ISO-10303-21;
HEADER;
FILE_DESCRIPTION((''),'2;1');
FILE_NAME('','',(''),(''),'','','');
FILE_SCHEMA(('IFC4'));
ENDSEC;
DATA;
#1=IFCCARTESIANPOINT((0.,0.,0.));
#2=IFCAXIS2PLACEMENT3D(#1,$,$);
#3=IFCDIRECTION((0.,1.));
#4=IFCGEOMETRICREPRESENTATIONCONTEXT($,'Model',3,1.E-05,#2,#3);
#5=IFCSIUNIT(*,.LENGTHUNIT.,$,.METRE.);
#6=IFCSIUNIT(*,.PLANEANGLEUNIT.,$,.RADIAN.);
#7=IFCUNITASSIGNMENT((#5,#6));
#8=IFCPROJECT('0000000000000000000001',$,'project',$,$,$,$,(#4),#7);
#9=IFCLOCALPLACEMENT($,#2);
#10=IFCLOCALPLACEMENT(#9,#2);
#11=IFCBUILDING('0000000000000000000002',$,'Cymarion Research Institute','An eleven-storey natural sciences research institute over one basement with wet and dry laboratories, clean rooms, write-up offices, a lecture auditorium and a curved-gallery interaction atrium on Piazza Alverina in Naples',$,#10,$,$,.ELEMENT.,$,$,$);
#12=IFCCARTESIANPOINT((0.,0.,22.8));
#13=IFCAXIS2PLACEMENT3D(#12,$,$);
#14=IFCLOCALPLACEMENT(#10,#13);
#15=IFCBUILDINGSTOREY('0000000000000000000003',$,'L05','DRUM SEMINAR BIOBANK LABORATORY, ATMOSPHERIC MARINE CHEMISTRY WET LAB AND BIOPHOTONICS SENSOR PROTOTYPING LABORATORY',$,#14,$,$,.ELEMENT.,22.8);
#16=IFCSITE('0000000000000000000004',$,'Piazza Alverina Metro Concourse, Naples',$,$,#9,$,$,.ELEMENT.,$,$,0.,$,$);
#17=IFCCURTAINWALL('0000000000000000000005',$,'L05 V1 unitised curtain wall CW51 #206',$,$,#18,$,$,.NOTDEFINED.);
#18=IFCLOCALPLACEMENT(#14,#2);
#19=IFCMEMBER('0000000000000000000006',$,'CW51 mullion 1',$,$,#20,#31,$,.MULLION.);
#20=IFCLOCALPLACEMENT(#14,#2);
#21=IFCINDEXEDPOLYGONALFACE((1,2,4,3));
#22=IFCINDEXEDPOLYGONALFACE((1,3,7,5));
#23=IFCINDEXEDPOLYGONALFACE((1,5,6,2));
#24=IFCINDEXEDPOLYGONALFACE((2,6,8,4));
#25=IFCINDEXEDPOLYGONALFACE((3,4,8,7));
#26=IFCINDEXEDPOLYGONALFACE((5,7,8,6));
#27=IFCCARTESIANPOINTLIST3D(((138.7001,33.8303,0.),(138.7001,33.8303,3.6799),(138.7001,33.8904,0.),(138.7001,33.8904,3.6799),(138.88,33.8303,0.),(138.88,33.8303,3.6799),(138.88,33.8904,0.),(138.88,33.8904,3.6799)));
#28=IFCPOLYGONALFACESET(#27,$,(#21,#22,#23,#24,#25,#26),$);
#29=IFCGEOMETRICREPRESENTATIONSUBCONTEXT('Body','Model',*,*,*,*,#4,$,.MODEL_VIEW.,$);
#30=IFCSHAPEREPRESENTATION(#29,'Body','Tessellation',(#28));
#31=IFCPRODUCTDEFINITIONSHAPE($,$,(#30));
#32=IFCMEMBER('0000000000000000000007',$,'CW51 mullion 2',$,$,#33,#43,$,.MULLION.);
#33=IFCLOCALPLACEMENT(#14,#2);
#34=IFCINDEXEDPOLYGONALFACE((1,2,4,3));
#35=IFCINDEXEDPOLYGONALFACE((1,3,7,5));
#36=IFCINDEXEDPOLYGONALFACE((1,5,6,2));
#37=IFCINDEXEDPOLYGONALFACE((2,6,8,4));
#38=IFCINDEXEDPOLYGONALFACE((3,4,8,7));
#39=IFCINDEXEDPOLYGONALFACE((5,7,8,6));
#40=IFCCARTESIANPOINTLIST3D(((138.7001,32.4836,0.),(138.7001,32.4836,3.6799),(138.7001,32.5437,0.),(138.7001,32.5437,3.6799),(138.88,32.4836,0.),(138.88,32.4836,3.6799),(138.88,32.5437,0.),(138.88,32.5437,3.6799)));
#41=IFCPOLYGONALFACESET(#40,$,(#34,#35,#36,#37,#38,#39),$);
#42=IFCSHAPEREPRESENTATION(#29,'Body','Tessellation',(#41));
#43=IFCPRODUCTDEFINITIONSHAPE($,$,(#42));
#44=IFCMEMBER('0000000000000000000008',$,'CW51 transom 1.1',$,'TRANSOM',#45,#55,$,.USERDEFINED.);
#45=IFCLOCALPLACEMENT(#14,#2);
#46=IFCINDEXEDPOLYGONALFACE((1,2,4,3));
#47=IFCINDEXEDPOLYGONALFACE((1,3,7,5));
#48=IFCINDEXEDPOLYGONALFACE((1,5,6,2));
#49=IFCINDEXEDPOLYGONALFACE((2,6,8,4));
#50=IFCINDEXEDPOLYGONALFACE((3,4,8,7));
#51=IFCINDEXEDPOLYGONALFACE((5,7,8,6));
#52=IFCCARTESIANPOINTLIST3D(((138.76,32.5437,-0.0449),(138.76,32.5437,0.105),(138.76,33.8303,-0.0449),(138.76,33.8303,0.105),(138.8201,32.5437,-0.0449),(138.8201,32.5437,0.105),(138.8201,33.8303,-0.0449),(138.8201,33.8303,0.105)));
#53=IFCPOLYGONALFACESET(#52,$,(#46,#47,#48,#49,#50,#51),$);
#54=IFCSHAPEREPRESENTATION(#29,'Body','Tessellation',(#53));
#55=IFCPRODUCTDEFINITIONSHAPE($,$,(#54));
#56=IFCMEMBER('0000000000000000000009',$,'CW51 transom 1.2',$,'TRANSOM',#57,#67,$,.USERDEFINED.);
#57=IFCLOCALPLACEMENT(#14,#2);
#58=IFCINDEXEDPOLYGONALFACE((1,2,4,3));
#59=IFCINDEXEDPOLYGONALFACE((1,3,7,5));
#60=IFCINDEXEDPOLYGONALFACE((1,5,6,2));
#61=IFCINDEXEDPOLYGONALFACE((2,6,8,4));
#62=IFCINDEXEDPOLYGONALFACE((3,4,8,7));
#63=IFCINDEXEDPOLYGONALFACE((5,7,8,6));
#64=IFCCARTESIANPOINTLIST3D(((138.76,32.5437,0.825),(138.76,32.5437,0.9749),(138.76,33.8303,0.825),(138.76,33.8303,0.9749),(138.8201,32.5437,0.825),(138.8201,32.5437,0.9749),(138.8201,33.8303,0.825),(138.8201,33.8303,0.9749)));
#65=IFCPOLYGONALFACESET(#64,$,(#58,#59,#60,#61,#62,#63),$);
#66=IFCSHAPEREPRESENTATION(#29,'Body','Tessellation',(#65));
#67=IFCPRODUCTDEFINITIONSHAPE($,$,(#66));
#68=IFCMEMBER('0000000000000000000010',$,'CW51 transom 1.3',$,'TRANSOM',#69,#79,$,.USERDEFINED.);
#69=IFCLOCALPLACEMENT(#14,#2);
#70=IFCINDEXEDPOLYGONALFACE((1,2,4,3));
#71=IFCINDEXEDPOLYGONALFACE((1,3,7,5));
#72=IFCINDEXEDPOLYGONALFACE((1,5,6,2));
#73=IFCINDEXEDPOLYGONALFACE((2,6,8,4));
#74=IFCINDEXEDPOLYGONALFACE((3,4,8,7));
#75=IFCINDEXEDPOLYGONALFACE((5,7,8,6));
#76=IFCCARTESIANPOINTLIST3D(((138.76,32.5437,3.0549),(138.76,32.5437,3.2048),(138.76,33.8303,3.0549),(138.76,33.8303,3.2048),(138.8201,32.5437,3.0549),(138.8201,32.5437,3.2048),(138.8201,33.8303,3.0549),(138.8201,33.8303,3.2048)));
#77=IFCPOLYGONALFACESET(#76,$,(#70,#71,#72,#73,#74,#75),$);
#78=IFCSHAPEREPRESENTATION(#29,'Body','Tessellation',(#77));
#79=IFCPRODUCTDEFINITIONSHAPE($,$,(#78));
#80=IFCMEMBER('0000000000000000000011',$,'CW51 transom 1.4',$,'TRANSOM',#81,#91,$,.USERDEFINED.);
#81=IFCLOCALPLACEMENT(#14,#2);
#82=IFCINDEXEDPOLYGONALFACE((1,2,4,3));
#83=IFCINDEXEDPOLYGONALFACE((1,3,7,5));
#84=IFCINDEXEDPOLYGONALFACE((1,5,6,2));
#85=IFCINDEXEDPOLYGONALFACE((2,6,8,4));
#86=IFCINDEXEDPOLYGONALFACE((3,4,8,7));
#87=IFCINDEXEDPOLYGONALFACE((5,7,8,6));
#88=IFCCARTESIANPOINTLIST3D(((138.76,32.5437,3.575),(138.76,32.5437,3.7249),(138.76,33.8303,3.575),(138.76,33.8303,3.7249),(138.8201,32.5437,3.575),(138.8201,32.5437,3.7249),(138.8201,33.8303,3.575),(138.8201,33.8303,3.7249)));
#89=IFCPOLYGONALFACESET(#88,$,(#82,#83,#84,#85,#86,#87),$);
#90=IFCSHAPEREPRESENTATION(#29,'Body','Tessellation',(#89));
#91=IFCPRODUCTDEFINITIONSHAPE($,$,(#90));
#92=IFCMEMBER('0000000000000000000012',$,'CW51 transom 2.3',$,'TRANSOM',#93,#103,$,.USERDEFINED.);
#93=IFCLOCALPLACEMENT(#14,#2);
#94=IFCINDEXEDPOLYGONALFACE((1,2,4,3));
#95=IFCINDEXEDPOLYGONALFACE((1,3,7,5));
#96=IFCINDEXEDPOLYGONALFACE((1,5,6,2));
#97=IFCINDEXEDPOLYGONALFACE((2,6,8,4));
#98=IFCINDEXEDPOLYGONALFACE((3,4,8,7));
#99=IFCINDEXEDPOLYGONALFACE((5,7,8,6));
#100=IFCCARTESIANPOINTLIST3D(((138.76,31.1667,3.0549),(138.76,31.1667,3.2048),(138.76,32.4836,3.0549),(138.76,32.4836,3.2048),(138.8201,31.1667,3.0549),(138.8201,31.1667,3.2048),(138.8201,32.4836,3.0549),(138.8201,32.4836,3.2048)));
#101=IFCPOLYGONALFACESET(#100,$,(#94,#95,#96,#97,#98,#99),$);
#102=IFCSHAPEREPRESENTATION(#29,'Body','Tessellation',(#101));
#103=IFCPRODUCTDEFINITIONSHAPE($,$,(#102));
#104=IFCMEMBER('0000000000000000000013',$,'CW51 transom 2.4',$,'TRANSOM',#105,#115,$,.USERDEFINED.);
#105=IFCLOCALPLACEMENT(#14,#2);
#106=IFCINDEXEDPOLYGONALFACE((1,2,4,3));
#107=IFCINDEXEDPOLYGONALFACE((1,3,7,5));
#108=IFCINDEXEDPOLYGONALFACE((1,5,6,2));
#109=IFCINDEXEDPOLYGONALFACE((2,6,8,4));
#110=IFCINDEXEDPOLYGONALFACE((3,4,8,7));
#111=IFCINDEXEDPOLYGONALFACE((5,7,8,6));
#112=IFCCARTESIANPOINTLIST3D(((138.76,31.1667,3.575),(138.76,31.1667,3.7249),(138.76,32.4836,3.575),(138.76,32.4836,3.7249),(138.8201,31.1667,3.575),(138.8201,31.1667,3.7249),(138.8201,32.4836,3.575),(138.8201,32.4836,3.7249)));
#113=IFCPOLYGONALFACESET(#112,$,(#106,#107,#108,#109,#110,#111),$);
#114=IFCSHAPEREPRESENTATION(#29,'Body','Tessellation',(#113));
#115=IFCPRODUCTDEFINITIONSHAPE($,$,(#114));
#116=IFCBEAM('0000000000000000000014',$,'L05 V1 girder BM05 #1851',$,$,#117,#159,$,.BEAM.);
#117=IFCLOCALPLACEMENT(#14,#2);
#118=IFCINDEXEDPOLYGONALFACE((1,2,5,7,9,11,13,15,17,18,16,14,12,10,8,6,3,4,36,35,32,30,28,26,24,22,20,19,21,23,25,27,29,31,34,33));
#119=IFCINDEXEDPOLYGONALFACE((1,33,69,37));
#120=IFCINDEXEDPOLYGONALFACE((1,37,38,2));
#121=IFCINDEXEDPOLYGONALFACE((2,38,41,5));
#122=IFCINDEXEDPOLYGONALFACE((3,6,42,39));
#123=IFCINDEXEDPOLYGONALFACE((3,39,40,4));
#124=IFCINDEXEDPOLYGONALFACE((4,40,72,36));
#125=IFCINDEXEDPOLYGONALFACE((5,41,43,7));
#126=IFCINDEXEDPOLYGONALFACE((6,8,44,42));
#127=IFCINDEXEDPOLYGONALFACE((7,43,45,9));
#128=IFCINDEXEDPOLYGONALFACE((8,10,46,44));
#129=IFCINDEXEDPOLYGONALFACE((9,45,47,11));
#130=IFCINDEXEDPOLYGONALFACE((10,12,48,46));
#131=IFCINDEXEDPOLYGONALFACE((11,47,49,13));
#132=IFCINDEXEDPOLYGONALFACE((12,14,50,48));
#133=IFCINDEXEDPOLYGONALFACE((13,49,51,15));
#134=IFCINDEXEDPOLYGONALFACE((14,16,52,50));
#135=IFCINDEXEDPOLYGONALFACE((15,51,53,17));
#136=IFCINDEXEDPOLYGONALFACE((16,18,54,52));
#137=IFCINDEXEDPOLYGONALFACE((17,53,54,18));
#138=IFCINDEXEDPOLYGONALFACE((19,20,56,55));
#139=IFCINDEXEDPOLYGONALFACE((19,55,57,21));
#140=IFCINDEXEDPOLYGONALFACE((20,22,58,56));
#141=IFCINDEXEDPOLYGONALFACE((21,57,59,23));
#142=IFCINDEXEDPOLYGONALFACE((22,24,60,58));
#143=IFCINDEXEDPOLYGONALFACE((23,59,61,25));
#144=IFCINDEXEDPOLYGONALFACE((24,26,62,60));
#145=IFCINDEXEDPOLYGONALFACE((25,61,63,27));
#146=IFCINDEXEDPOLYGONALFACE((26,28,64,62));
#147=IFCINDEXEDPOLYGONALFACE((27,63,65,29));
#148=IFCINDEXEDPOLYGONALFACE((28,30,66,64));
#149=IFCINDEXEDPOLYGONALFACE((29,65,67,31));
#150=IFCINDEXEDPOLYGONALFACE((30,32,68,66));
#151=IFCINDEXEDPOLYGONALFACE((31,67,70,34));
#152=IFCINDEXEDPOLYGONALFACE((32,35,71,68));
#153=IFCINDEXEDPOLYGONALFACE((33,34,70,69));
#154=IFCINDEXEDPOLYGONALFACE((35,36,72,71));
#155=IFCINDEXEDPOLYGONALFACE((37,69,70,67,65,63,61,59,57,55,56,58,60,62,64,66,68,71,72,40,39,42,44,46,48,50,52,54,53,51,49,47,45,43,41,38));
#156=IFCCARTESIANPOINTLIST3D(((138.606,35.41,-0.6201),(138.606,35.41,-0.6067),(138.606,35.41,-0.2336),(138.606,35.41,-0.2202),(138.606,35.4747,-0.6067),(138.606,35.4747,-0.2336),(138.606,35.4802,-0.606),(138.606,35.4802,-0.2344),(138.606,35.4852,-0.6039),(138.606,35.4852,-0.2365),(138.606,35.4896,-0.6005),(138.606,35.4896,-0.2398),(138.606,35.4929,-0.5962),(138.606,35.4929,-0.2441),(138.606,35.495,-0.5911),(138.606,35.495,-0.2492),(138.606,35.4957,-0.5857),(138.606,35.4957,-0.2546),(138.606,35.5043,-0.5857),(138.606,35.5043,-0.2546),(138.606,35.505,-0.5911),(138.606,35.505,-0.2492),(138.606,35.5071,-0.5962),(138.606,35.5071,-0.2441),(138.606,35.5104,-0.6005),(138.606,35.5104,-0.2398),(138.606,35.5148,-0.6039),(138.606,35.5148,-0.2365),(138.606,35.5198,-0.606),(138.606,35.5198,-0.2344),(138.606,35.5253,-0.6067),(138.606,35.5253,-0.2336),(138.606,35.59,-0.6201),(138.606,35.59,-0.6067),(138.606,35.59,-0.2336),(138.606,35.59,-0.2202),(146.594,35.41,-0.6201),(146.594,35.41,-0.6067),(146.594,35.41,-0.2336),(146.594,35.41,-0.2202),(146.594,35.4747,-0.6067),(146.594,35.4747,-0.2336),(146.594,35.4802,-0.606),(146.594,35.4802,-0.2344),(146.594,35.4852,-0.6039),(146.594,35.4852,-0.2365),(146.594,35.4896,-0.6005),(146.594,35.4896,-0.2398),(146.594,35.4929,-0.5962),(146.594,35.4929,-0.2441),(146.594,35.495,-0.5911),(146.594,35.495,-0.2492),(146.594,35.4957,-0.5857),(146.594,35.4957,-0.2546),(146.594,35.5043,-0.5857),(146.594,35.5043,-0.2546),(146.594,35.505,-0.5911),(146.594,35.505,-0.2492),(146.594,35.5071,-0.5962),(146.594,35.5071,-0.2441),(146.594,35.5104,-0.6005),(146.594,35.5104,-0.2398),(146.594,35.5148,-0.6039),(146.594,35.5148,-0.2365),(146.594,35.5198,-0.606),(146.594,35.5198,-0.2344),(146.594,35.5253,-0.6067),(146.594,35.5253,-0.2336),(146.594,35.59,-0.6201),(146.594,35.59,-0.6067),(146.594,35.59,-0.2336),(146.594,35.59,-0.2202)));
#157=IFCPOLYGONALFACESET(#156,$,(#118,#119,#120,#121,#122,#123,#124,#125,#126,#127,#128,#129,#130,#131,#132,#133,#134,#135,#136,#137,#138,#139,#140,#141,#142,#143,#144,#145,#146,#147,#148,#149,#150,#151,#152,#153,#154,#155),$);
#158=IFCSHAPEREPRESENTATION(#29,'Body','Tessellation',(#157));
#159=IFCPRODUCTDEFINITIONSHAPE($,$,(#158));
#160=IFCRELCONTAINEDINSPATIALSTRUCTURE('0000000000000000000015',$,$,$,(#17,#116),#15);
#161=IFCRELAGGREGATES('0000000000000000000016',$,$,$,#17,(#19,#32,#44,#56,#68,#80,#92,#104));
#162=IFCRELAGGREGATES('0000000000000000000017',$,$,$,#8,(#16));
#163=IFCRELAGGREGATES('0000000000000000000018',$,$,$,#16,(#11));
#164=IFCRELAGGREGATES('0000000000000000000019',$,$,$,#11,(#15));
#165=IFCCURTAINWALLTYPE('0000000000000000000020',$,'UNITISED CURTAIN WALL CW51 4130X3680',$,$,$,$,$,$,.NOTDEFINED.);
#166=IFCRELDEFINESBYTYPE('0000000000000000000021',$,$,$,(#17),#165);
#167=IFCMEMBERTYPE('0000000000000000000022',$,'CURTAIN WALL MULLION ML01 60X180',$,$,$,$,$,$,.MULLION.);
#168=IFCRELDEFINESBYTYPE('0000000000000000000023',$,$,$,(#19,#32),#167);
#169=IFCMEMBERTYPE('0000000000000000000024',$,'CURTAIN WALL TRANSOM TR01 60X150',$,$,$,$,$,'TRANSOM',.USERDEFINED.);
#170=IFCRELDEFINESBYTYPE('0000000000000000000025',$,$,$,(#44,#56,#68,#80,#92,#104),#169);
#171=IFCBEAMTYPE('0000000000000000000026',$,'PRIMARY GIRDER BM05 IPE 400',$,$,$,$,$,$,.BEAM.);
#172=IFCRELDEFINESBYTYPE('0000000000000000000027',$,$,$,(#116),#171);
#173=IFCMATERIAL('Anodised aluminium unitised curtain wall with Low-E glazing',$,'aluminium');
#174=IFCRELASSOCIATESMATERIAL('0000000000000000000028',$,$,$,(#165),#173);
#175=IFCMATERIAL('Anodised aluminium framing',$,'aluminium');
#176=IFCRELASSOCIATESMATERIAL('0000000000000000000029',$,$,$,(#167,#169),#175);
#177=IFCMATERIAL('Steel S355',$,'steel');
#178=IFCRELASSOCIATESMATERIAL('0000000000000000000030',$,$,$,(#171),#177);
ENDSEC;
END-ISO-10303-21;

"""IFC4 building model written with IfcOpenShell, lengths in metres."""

from ifc_helpers import new_model, si_unit, direction, frame, origin, origin_2d, place, context, subcontext, project, spatial, rectangle, i_section, extrude, material, material_profile, profile_set, type_object, element, aggregate, save


model = new_model("IFC4")

# Units and contexts
model_context = context("Model", 3, precision=1e-05, world=origin(), true_north=direction((0.0, 1.0)))
body_context = subcontext(model_context, "Body", "Model", "MODEL_VIEW")
ifc_project = project(units=[si_unit("LENGTHUNIT", "METRE"), si_unit("PLANEANGLEUNIT", "RADIAN")], contexts=[model_context])

# Site, building, storey
site_placement = place(None, origin())
site = spatial("IfcSite", under=ifc_project, at=site_placement, Name="Piazza Alverina Metro Concourse, Naples", CompositionType="ELEMENT", RefElevation=0.0)
building_placement = place(site_placement, origin())
building = spatial("IfcBuilding", under=site, at=building_placement, Name="Cymarion Research Institute", Description="An eleven-storey natural sciences research institute over one basement with wet and dry laboratories, clean rooms, write-up offices, a lecture auditorium and a curved-gallery interaction atrium on Piazza Alverina in Naples", CompositionType="ELEMENT")
storey_placement = place(building_placement, frame((0.0, 0.0, 22.8)))
storey = spatial("IfcBuildingStorey", under=building, at=storey_placement, Name="L05", Description="DRUM SEMINAR BIOBANK LABORATORY, ATMOSPHERIC MARINE CHEMISTRY WET LAB AND BIOPHOTONICS SENSOR PROTOTYPING LABORATORY", CompositionType="ELEMENT", Elevation=22.8)

# Curtain wall, members
ifc_material_1 = material(Name="Anodised aluminium unitised curtain wall with Low-E glazing", Category="aluminium")
curtain_wall_type = type_object("IfcCurtainWallType", Name="UNITISED CURTAIN WALL CW51 4130X3680", PredefinedType="NOTDEFINED", material=ifc_material_1)
curtain_wall_placement = place(storey_placement, origin())
curtain_wall = element("IfcCurtainWall", 1, at=curtain_wall_placement, inside=storey, type_object=curtain_wall_type, Name="L05 V1 unitised curtain wall CW51 #206", PredefinedType="NOTDEFINED")
ifc_material_2 = material(Name="Anodised aluminium framing", Category="aluminium")
ifc_material_profile_1 = material_profile(ifc_material_2, rectangle(XDim=0.0601, YDim=0.1799, at=origin_2d()), Name="ALU MULLION 60x180")
ifc_profile_set_1 = profile_set([ifc_material_profile_1], Name="Anodised aluminium framing")
member_type_1 = type_object("IfcMemberType", Name="CURTAIN WALL MULLION ML01 60X180", PredefinedType="MULLION", material=ifc_profile_set_1)
member_1_placement = place(storey_placement, frame((138.79, 33.8604, 0.0), z_axis=(0.0, 0.0, 1.0), x_axis=(0.0, -1.0, 0.0)))
member_1 = element("IfcMember", 2, at=member_1_placement, type_object=member_type_1, Name="CW51 mullion 1", PredefinedType="MULLION", context=body_context, shape_type="SweptSolid", body=[
    extrude(rectangle(XDim=0.0601, YDim=0.1799, at=origin_2d()), origin(), (0.0, 0.0, 1.0), 3.6799),
])
member_2_placement = place(storey_placement, frame((138.79, 32.5137, 0.0), z_axis=(0.0, 0.0, 1.0), x_axis=(0.0, -1.0, 0.0)))
member_2 = element("IfcMember", 3, at=member_2_placement, type_object=member_type_1, Name="CW51 mullion 2", PredefinedType="MULLION", context=body_context, shape_type="SweptSolid", body=[
    extrude(rectangle(XDim=0.0601, YDim=0.1799, at=origin_2d()), origin(), (0.0, 0.0, 1.0), 3.6799),
])
ifc_material_profile_2 = material_profile(ifc_material_2, rectangle(XDim=0.0601, YDim=0.1499, at=origin_2d()), Name="ALU TRANSOM 60x150")
ifc_profile_set_2 = profile_set([ifc_material_profile_2], Name="Anodised aluminium framing")
member_type_2 = type_object("IfcMemberType", Name="CURTAIN WALL TRANSOM TR01 60X150", ElementType="TRANSOM", PredefinedType="USERDEFINED", material=ifc_profile_set_2)
member_3_placement = place(storey_placement, frame((138.79, 33.8303, 0.03), z_axis=(0.0, -1.0, 0.0), x_axis=(1.0, 0.0, 0.0)))
member_3 = element("IfcMember", 4, at=member_3_placement, type_object=member_type_2, Name="CW51 transom 1.1", ObjectType="TRANSOM", PredefinedType="USERDEFINED", context=body_context, shape_type="SweptSolid", body=[
    extrude(rectangle(XDim=0.0601, YDim=0.1499, at=origin_2d()), origin(), (0.0, 0.0, 1.0), 1.2866),
])
member_4_placement = place(storey_placement, frame((138.79, 33.8303, 0.8999), z_axis=(0.0, -1.0, 0.0), x_axis=(1.0, 0.0, 0.0)))
member_4 = element("IfcMember", 5, at=member_4_placement, type_object=member_type_2, Name="CW51 transom 1.2", ObjectType="TRANSOM", PredefinedType="USERDEFINED", context=body_context, shape_type="SweptSolid", body=[
    extrude(rectangle(XDim=0.0601, YDim=0.1499, at=origin_2d()), origin(), (0.0, 0.0, 1.0), 1.2866),
])
member_5_placement = place(storey_placement, frame((138.79, 33.8303, 3.1299), z_axis=(0.0, -1.0, 0.0), x_axis=(1.0, 0.0, 0.0)))
member_5 = element("IfcMember", 6, at=member_5_placement, type_object=member_type_2, Name="CW51 transom 1.3", ObjectType="TRANSOM", PredefinedType="USERDEFINED", context=body_context, shape_type="SweptSolid", body=[
    extrude(rectangle(XDim=0.0601, YDim=0.1499, at=origin_2d()), origin(), (0.0, 0.0, 1.0), 1.2866),
])
member_6_placement = place(storey_placement, frame((138.79, 33.8303, 3.6499), z_axis=(0.0, -1.0, 0.0), x_axis=(1.0, 0.0, 0.0)))
member_6 = element("IfcMember", 7, at=member_6_placement, type_object=member_type_2, Name="CW51 transom 1.4", ObjectType="TRANSOM", PredefinedType="USERDEFINED", context=body_context, shape_type="SweptSolid", body=[
    extrude(rectangle(XDim=0.0601, YDim=0.1499, at=origin_2d()), origin(), (0.0, 0.0, 1.0), 1.2866),
])
member_7_placement = place(storey_placement, frame((138.79, 32.4836, 3.1299), z_axis=(0.0, -1.0, 0.0), x_axis=(1.0, 0.0, 0.0)))
member_7 = element("IfcMember", 8, at=member_7_placement, type_object=member_type_2, Name="CW51 transom 2.3", ObjectType="TRANSOM", PredefinedType="USERDEFINED", context=body_context, shape_type="SweptSolid", body=[
    extrude(rectangle(XDim=0.0601, YDim=0.1499, at=origin_2d()), origin(), (0.0, 0.0, 1.0), 1.3169),
])
member_8_placement = place(storey_placement, frame((138.79, 32.4836, 3.6499), z_axis=(0.0, -1.0, 0.0), x_axis=(1.0, 0.0, 0.0)))
member_8 = element("IfcMember", 9, at=member_8_placement, type_object=member_type_2, Name="CW51 transom 2.4", ObjectType="TRANSOM", PredefinedType="USERDEFINED", context=body_context, shape_type="SweptSolid", body=[
    extrude(rectangle(XDim=0.0601, YDim=0.1499, at=origin_2d()), origin(), (0.0, 0.0, 1.0), 1.3169),
])

# Beam
ifc_material_3 = material(Name="Steel S355", Category="steel")
ifc_material_profile_3 = material_profile(ifc_material_3, i_section(OverallWidth=0.1799, OverallDepth=0.3999, WebThickness=0.0085, FlangeThickness=0.0134, FilletRadius=0.021, at=origin_2d()), Name="IPE 400")
ifc_profile_set_3 = profile_set([ifc_material_profile_3], Name="Steel S355")
beam_type_1 = type_object("IfcBeamType", Name="PRIMARY GIRDER BM05 IPE 400", PredefinedType="BEAM", material=ifc_profile_set_3)
beam_placement = place(storey_placement, frame((138.606, 35.5, -0.4202), z_axis=(1.0, 0.0, 0.0), x_axis=(0.0, 1.0, 0.0)))
element("IfcBeam", 10, at=beam_placement, inside=storey, type_object=beam_type_1, Name="L05 V1 girder BM05 #1851", PredefinedType="BEAM", context=body_context, shape_type="SweptSolid", body=[
    extrude(i_section(OverallWidth=0.1799, OverallDepth=0.3999, WebThickness=0.0085, FlangeThickness=0.0134, FilletRadius=0.021, at=origin_2d()), origin(), (0.0, 0.0, 1.0), 7.988),
])

aggregate(curtain_wall, [member_1, member_2, member_3, member_4, member_5, member_6, member_7, member_8])

save(model, "model.ifc")
